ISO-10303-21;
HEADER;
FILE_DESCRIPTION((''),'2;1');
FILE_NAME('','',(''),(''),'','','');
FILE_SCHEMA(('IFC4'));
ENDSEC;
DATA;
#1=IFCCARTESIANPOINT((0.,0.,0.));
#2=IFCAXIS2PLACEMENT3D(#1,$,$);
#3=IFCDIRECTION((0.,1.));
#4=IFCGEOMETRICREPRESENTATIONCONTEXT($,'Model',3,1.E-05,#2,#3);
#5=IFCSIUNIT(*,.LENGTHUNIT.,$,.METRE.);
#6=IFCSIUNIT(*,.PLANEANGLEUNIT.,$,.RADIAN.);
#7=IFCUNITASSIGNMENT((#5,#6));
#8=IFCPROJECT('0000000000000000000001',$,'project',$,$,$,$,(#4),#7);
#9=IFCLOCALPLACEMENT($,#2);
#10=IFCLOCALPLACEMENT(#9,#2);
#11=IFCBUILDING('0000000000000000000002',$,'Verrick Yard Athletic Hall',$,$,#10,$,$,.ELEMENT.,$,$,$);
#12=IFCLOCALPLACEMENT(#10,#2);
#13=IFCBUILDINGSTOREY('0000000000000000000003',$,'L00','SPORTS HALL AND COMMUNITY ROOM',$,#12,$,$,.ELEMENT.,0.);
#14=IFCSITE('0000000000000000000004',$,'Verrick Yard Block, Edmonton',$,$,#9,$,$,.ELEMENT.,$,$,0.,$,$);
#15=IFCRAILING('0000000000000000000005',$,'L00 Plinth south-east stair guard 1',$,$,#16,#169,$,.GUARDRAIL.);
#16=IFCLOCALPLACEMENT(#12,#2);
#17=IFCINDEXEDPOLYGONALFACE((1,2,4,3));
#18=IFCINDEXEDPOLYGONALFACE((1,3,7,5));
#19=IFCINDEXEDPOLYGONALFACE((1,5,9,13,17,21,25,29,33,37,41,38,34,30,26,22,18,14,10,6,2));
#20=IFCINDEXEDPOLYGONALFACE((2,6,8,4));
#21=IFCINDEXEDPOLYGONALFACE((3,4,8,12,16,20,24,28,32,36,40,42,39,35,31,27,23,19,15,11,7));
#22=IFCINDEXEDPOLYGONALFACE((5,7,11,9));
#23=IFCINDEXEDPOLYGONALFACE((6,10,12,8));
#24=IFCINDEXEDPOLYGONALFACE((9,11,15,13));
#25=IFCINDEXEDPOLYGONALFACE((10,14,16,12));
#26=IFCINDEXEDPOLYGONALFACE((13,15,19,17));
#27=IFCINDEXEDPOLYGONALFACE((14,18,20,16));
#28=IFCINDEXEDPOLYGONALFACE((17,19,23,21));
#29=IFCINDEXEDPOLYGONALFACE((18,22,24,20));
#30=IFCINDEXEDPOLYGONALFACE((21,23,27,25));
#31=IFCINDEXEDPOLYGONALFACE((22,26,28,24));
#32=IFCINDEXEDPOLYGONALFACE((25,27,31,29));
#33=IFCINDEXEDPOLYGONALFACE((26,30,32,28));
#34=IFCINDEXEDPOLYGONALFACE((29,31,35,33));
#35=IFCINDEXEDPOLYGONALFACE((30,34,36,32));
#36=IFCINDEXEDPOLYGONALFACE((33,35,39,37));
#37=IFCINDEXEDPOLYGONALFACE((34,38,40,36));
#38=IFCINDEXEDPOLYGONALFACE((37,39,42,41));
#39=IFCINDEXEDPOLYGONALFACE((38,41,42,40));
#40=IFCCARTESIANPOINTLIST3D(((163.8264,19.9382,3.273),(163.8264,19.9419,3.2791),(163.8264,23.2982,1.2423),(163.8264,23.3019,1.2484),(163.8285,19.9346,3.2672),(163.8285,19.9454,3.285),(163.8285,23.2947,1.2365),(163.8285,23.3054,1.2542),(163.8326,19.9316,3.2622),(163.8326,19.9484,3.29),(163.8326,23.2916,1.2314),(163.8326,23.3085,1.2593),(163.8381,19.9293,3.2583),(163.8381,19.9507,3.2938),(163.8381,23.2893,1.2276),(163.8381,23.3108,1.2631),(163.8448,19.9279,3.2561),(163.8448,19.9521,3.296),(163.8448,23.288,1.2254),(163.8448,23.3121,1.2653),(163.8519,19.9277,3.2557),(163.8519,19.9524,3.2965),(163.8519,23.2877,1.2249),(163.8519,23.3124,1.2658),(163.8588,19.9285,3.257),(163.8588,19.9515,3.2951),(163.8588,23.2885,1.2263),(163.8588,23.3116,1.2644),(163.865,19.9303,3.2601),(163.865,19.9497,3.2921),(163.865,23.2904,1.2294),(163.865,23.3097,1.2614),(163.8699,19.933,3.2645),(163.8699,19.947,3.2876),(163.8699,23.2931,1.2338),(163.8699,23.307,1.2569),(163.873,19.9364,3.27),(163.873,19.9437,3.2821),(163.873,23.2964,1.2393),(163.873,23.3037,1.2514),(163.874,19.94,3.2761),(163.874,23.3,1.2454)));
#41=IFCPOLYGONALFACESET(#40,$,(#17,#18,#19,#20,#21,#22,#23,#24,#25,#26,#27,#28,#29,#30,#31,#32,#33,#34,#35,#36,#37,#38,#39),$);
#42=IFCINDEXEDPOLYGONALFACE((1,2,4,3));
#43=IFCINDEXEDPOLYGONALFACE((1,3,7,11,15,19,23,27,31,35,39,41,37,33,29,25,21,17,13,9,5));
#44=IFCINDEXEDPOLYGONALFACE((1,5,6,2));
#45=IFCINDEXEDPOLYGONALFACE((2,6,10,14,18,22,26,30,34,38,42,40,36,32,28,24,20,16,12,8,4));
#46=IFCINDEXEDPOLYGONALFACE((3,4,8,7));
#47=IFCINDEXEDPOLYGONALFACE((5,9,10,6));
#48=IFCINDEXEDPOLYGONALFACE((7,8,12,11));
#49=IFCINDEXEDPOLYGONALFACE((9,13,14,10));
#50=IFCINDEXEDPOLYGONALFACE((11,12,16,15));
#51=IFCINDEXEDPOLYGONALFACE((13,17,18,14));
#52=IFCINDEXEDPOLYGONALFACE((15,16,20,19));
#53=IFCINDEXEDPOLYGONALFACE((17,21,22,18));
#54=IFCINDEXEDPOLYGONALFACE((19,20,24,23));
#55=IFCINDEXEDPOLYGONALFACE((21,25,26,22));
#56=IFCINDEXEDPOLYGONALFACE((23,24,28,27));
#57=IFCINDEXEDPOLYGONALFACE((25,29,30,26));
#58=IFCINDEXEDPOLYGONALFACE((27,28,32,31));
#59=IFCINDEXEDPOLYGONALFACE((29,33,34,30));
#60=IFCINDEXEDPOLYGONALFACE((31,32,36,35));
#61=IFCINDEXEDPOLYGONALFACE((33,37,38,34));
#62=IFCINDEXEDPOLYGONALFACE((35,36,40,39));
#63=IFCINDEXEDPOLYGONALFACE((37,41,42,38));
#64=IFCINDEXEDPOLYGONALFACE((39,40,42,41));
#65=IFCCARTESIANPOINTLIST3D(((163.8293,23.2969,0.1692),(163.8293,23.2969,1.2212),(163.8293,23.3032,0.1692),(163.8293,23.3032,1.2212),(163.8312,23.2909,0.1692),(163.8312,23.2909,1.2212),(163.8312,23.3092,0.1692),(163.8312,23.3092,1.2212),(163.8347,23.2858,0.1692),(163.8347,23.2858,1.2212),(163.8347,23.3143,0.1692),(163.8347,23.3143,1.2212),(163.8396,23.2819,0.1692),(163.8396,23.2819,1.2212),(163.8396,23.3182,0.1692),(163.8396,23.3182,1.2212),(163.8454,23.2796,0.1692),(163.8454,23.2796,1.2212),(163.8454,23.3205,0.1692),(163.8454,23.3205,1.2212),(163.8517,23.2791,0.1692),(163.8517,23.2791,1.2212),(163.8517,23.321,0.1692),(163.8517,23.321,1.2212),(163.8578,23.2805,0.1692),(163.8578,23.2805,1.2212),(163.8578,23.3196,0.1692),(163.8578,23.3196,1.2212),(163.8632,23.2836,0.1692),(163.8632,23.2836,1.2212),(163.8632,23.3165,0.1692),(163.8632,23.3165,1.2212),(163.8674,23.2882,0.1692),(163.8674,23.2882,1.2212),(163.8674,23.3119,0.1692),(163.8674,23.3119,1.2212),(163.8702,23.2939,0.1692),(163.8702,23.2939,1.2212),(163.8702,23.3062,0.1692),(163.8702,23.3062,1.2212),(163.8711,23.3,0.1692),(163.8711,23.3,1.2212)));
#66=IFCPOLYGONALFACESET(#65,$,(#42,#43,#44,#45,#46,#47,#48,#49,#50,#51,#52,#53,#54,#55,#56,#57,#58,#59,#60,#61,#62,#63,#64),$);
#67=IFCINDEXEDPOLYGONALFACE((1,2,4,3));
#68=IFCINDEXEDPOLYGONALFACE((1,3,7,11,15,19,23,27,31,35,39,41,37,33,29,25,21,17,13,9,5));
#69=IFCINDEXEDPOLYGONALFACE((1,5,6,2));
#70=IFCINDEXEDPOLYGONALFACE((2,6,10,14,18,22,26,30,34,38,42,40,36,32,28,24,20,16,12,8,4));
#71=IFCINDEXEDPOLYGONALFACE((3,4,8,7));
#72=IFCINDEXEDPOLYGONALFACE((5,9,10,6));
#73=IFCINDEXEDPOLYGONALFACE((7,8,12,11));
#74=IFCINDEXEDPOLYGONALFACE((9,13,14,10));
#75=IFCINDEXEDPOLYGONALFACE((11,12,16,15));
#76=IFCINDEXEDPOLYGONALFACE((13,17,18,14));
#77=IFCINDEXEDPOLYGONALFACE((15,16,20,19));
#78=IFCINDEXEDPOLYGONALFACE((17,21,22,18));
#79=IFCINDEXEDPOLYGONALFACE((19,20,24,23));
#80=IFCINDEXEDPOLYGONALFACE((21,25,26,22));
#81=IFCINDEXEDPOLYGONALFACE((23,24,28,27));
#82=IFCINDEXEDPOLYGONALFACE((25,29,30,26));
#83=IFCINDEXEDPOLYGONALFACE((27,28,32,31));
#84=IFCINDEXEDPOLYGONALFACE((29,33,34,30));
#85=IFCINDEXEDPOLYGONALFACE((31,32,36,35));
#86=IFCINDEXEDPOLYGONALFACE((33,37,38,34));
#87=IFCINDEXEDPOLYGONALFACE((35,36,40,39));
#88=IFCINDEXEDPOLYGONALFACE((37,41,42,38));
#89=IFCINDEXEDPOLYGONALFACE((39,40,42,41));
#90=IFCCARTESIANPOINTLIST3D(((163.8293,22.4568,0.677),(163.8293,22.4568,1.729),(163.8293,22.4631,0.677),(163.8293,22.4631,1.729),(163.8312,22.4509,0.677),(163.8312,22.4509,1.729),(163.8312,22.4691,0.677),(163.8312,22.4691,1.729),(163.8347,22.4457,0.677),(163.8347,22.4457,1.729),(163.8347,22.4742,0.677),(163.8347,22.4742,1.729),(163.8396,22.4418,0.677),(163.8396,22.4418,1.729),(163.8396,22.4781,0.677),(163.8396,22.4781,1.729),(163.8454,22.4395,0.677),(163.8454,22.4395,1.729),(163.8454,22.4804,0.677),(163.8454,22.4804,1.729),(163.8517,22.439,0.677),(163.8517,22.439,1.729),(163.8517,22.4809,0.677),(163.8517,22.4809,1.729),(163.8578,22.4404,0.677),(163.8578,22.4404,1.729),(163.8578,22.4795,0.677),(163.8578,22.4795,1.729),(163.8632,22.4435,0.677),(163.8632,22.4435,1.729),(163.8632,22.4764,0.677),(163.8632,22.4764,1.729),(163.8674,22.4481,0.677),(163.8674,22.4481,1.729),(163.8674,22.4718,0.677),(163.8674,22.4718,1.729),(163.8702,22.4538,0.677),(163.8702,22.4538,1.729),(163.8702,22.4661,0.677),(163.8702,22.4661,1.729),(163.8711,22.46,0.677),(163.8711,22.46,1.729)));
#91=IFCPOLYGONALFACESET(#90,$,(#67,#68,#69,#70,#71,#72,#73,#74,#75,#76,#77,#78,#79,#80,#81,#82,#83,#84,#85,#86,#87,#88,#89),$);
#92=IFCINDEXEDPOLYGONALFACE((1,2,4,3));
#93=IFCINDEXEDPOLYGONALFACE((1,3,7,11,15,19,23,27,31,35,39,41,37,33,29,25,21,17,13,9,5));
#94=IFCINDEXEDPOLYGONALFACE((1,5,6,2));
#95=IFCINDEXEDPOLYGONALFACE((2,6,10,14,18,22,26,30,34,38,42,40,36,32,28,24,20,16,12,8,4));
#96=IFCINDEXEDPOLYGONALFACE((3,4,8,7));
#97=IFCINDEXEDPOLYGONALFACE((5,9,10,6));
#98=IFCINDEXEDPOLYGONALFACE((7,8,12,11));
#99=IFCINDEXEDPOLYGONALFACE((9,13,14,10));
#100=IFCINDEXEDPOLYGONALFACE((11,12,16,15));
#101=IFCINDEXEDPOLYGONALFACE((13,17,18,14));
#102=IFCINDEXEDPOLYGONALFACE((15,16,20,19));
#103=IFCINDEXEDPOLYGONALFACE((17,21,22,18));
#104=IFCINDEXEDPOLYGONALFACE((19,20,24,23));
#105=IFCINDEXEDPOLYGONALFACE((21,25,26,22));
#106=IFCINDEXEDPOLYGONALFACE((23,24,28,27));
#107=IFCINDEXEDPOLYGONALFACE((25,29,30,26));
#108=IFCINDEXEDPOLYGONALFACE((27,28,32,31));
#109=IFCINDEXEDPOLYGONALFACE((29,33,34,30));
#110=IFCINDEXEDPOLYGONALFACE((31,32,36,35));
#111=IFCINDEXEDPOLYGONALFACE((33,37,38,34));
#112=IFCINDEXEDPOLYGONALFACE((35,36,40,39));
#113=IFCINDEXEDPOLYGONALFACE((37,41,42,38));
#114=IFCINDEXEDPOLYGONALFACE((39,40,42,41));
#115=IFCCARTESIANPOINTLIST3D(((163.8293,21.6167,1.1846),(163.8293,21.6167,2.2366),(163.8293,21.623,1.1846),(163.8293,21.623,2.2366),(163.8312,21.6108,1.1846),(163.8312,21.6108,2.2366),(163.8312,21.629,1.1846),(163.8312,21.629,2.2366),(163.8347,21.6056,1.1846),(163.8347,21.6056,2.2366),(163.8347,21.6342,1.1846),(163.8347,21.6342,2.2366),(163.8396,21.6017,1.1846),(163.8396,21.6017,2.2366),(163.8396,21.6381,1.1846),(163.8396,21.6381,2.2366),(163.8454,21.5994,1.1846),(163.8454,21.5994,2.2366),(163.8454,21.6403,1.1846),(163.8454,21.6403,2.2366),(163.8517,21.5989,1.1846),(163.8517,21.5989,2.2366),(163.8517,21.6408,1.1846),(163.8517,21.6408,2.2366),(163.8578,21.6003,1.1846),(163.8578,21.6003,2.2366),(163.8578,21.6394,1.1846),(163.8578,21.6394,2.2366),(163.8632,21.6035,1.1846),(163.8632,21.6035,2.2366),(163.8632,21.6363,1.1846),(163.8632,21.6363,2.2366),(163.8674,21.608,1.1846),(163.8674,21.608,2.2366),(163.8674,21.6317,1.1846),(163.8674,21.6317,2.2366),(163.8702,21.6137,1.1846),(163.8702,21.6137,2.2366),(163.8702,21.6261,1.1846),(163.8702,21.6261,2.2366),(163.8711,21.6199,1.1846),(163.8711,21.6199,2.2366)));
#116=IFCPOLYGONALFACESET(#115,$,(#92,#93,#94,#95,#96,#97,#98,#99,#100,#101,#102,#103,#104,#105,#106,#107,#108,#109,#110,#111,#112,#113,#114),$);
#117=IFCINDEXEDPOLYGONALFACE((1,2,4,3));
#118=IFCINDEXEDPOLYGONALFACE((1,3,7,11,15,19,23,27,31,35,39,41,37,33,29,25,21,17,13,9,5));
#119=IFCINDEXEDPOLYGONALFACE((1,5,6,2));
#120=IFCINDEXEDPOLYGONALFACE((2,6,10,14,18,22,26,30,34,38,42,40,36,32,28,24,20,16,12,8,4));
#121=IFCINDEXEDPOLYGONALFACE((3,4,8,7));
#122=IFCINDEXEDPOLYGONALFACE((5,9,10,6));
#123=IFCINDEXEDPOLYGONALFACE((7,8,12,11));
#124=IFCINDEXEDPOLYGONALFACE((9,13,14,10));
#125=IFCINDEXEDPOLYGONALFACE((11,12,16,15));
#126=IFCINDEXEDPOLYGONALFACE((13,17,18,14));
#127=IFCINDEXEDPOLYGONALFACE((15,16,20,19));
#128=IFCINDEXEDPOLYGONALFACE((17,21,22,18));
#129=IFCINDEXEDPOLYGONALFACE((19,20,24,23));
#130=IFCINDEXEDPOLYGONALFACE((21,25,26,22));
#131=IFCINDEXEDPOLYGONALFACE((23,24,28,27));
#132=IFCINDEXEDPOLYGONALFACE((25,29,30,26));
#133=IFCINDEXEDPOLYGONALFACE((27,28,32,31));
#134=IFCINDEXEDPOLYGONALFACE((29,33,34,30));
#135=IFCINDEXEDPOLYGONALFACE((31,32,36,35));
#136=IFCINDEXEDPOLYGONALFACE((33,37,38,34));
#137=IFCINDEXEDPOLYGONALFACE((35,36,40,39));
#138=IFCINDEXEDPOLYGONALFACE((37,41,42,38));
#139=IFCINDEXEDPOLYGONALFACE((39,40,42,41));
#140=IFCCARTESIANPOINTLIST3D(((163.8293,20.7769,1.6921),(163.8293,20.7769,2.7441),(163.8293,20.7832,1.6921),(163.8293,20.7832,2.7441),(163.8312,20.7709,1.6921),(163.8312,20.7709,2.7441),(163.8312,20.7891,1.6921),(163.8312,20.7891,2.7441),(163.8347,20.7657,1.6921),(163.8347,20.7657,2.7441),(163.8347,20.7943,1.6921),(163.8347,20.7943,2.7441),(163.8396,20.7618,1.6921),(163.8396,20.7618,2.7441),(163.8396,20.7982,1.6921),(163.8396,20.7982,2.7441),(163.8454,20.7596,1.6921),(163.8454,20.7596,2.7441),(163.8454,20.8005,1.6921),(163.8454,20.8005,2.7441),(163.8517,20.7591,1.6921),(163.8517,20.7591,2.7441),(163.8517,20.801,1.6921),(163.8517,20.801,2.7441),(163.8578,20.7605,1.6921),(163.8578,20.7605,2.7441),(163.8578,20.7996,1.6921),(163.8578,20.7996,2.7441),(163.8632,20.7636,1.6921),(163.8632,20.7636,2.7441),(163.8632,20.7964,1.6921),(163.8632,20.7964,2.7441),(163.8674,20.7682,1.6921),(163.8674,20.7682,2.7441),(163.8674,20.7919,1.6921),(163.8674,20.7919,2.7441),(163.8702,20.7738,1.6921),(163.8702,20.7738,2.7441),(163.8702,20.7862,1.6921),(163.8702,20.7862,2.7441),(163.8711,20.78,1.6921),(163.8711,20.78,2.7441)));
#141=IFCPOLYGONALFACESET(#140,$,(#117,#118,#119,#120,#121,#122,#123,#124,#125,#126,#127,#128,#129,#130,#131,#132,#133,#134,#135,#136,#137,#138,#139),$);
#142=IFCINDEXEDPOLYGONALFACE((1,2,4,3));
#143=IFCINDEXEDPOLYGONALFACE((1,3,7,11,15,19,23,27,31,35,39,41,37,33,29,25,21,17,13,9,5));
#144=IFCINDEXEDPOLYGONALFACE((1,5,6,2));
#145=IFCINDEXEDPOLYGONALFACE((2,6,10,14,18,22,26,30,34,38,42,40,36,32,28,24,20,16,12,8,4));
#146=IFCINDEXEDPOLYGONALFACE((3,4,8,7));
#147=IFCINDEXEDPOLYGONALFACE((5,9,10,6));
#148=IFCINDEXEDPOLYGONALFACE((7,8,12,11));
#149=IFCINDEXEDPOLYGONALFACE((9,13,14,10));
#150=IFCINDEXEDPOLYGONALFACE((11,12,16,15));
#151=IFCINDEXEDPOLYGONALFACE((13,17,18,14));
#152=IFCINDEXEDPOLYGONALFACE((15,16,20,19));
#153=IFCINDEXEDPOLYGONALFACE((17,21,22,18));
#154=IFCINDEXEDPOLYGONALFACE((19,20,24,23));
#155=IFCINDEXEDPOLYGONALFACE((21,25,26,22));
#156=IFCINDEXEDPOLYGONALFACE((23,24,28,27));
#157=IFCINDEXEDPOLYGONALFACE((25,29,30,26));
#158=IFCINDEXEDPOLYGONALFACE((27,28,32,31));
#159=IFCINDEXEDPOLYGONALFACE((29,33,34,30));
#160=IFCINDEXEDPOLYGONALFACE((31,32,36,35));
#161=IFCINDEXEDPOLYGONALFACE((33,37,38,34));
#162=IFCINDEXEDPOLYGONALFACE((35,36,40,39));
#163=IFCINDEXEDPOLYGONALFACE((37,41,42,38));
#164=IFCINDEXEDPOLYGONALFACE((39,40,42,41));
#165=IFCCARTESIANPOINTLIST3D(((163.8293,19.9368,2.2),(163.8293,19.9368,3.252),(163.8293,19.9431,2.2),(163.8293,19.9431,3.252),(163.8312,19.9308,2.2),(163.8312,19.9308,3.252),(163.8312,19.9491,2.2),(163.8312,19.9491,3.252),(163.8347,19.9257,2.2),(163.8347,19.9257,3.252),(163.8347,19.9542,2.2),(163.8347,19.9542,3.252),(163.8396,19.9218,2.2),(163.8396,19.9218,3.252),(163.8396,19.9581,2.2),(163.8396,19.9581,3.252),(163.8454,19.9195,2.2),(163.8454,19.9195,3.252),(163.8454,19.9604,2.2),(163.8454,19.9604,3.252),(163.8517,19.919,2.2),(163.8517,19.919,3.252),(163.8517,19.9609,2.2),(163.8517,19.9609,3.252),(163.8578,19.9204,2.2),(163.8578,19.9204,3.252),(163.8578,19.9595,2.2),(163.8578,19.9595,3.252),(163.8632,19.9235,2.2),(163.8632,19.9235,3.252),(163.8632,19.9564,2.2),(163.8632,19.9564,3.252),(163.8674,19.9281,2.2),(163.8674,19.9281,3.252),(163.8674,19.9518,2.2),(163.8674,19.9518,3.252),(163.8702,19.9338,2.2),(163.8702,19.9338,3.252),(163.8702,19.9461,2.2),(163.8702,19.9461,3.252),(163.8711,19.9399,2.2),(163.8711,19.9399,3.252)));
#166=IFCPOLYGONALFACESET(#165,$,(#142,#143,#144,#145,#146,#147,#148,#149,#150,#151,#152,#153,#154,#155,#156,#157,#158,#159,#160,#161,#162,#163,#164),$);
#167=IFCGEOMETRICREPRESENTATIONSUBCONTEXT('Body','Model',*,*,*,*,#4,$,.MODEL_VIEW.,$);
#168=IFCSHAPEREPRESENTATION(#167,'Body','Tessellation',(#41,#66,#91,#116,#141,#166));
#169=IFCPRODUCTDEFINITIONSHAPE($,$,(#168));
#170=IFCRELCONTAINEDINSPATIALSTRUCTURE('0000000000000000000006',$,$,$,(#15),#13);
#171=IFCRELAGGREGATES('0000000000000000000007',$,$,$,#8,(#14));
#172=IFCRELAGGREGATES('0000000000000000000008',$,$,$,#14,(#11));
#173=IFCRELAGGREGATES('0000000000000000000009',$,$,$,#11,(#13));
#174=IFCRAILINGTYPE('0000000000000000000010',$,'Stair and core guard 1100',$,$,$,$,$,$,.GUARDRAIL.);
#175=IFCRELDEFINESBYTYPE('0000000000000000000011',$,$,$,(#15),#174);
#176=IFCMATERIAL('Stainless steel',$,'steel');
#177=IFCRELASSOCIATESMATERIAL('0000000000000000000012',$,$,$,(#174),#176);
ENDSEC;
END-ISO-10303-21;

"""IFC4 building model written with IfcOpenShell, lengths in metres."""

from ifc_helpers import new_model, si_unit, direction, frame, origin, origin_2d, place, context, subcontext, project, spatial, circle, extrude, material, type_object, element, save


model = new_model("IFC4")

# Units and contexts
model_context = context("Model", 3, precision=1e-05, world=origin(), true_north=direction((0.0, 1.0)))
body_context = subcontext(model_context, "Body", "Model", "MODEL_VIEW")
ifc_project = project(units=[si_unit("LENGTHUNIT", "METRE"), si_unit("PLANEANGLEUNIT", "RADIAN")], contexts=[model_context])

# Site, building, storey
site_placement = place(None, origin())
site = spatial("IfcSite", under=ifc_project, at=site_placement, Name="Verrick Yard Block, Edmonton", CompositionType="ELEMENT", RefElevation=0.0)
building_placement = place(site_placement, origin())
building = spatial("IfcBuilding", under=site, at=building_placement, Name="Verrick Yard Athletic Hall", CompositionType="ELEMENT")
storey_placement = place(building_placement, origin())
storey = spatial("IfcBuildingStorey", under=building, at=storey_placement, Name="L00", Description="SPORTS HALL AND COMMUNITY ROOM", CompositionType="ELEMENT", Elevation=0.0)

# Railing
ifc_material_1 = material(Name="Stainless steel", Category="steel")
railing_type_1 = type_object("IfcRailingType", Name="Stair and core guard 1100", PredefinedType="GUARDRAIL", material=ifc_material_1)
railing_1_placement = place(storey_placement, frame((163.8501, 23.3, 0.1692)))
element("IfcRailing", 1, at=railing_1_placement, inside=storey, type_object=railing_type_1, Name="L00 Plinth south-east stair guard 1", PredefinedType="GUARDRAIL", context=body_context, shape_type="SweptSolid", body=[
    extrude(circle(Radius=0.0239, at=origin_2d()), frame((0.0, 0.0, 1.0762), z_axis=(0.0, -0.855837, 0.517246), x_axis=(1.0, 0.0, 0.0)), (0.0, 0.0, 1.0), 3.926),
    extrude(circle(Radius=0.021, at=origin_2d()), origin(), (0.0, 0.0, 1.0), 1.052),
    extrude(circle(Radius=0.021, at=origin_2d()), frame((0.0, -0.8401, 0.5078)), (0.0, 0.0, 1.0), 1.052),
    extrude(circle(Radius=0.021, at=origin_2d()), frame((0.0, -1.6802, 1.0154)), (0.0, 0.0, 1.0), 1.052),
    extrude(circle(Radius=0.021, at=origin_2d()), frame((0.0, -2.52, 1.5229)), (0.0, 0.0, 1.0), 1.052),
    extrude(circle(Radius=0.021, at=origin_2d()), frame((0.0, -3.3601, 2.0308)), (0.0, 0.0, 1.0), 1.052),
])

save(model, "model.ifc")
